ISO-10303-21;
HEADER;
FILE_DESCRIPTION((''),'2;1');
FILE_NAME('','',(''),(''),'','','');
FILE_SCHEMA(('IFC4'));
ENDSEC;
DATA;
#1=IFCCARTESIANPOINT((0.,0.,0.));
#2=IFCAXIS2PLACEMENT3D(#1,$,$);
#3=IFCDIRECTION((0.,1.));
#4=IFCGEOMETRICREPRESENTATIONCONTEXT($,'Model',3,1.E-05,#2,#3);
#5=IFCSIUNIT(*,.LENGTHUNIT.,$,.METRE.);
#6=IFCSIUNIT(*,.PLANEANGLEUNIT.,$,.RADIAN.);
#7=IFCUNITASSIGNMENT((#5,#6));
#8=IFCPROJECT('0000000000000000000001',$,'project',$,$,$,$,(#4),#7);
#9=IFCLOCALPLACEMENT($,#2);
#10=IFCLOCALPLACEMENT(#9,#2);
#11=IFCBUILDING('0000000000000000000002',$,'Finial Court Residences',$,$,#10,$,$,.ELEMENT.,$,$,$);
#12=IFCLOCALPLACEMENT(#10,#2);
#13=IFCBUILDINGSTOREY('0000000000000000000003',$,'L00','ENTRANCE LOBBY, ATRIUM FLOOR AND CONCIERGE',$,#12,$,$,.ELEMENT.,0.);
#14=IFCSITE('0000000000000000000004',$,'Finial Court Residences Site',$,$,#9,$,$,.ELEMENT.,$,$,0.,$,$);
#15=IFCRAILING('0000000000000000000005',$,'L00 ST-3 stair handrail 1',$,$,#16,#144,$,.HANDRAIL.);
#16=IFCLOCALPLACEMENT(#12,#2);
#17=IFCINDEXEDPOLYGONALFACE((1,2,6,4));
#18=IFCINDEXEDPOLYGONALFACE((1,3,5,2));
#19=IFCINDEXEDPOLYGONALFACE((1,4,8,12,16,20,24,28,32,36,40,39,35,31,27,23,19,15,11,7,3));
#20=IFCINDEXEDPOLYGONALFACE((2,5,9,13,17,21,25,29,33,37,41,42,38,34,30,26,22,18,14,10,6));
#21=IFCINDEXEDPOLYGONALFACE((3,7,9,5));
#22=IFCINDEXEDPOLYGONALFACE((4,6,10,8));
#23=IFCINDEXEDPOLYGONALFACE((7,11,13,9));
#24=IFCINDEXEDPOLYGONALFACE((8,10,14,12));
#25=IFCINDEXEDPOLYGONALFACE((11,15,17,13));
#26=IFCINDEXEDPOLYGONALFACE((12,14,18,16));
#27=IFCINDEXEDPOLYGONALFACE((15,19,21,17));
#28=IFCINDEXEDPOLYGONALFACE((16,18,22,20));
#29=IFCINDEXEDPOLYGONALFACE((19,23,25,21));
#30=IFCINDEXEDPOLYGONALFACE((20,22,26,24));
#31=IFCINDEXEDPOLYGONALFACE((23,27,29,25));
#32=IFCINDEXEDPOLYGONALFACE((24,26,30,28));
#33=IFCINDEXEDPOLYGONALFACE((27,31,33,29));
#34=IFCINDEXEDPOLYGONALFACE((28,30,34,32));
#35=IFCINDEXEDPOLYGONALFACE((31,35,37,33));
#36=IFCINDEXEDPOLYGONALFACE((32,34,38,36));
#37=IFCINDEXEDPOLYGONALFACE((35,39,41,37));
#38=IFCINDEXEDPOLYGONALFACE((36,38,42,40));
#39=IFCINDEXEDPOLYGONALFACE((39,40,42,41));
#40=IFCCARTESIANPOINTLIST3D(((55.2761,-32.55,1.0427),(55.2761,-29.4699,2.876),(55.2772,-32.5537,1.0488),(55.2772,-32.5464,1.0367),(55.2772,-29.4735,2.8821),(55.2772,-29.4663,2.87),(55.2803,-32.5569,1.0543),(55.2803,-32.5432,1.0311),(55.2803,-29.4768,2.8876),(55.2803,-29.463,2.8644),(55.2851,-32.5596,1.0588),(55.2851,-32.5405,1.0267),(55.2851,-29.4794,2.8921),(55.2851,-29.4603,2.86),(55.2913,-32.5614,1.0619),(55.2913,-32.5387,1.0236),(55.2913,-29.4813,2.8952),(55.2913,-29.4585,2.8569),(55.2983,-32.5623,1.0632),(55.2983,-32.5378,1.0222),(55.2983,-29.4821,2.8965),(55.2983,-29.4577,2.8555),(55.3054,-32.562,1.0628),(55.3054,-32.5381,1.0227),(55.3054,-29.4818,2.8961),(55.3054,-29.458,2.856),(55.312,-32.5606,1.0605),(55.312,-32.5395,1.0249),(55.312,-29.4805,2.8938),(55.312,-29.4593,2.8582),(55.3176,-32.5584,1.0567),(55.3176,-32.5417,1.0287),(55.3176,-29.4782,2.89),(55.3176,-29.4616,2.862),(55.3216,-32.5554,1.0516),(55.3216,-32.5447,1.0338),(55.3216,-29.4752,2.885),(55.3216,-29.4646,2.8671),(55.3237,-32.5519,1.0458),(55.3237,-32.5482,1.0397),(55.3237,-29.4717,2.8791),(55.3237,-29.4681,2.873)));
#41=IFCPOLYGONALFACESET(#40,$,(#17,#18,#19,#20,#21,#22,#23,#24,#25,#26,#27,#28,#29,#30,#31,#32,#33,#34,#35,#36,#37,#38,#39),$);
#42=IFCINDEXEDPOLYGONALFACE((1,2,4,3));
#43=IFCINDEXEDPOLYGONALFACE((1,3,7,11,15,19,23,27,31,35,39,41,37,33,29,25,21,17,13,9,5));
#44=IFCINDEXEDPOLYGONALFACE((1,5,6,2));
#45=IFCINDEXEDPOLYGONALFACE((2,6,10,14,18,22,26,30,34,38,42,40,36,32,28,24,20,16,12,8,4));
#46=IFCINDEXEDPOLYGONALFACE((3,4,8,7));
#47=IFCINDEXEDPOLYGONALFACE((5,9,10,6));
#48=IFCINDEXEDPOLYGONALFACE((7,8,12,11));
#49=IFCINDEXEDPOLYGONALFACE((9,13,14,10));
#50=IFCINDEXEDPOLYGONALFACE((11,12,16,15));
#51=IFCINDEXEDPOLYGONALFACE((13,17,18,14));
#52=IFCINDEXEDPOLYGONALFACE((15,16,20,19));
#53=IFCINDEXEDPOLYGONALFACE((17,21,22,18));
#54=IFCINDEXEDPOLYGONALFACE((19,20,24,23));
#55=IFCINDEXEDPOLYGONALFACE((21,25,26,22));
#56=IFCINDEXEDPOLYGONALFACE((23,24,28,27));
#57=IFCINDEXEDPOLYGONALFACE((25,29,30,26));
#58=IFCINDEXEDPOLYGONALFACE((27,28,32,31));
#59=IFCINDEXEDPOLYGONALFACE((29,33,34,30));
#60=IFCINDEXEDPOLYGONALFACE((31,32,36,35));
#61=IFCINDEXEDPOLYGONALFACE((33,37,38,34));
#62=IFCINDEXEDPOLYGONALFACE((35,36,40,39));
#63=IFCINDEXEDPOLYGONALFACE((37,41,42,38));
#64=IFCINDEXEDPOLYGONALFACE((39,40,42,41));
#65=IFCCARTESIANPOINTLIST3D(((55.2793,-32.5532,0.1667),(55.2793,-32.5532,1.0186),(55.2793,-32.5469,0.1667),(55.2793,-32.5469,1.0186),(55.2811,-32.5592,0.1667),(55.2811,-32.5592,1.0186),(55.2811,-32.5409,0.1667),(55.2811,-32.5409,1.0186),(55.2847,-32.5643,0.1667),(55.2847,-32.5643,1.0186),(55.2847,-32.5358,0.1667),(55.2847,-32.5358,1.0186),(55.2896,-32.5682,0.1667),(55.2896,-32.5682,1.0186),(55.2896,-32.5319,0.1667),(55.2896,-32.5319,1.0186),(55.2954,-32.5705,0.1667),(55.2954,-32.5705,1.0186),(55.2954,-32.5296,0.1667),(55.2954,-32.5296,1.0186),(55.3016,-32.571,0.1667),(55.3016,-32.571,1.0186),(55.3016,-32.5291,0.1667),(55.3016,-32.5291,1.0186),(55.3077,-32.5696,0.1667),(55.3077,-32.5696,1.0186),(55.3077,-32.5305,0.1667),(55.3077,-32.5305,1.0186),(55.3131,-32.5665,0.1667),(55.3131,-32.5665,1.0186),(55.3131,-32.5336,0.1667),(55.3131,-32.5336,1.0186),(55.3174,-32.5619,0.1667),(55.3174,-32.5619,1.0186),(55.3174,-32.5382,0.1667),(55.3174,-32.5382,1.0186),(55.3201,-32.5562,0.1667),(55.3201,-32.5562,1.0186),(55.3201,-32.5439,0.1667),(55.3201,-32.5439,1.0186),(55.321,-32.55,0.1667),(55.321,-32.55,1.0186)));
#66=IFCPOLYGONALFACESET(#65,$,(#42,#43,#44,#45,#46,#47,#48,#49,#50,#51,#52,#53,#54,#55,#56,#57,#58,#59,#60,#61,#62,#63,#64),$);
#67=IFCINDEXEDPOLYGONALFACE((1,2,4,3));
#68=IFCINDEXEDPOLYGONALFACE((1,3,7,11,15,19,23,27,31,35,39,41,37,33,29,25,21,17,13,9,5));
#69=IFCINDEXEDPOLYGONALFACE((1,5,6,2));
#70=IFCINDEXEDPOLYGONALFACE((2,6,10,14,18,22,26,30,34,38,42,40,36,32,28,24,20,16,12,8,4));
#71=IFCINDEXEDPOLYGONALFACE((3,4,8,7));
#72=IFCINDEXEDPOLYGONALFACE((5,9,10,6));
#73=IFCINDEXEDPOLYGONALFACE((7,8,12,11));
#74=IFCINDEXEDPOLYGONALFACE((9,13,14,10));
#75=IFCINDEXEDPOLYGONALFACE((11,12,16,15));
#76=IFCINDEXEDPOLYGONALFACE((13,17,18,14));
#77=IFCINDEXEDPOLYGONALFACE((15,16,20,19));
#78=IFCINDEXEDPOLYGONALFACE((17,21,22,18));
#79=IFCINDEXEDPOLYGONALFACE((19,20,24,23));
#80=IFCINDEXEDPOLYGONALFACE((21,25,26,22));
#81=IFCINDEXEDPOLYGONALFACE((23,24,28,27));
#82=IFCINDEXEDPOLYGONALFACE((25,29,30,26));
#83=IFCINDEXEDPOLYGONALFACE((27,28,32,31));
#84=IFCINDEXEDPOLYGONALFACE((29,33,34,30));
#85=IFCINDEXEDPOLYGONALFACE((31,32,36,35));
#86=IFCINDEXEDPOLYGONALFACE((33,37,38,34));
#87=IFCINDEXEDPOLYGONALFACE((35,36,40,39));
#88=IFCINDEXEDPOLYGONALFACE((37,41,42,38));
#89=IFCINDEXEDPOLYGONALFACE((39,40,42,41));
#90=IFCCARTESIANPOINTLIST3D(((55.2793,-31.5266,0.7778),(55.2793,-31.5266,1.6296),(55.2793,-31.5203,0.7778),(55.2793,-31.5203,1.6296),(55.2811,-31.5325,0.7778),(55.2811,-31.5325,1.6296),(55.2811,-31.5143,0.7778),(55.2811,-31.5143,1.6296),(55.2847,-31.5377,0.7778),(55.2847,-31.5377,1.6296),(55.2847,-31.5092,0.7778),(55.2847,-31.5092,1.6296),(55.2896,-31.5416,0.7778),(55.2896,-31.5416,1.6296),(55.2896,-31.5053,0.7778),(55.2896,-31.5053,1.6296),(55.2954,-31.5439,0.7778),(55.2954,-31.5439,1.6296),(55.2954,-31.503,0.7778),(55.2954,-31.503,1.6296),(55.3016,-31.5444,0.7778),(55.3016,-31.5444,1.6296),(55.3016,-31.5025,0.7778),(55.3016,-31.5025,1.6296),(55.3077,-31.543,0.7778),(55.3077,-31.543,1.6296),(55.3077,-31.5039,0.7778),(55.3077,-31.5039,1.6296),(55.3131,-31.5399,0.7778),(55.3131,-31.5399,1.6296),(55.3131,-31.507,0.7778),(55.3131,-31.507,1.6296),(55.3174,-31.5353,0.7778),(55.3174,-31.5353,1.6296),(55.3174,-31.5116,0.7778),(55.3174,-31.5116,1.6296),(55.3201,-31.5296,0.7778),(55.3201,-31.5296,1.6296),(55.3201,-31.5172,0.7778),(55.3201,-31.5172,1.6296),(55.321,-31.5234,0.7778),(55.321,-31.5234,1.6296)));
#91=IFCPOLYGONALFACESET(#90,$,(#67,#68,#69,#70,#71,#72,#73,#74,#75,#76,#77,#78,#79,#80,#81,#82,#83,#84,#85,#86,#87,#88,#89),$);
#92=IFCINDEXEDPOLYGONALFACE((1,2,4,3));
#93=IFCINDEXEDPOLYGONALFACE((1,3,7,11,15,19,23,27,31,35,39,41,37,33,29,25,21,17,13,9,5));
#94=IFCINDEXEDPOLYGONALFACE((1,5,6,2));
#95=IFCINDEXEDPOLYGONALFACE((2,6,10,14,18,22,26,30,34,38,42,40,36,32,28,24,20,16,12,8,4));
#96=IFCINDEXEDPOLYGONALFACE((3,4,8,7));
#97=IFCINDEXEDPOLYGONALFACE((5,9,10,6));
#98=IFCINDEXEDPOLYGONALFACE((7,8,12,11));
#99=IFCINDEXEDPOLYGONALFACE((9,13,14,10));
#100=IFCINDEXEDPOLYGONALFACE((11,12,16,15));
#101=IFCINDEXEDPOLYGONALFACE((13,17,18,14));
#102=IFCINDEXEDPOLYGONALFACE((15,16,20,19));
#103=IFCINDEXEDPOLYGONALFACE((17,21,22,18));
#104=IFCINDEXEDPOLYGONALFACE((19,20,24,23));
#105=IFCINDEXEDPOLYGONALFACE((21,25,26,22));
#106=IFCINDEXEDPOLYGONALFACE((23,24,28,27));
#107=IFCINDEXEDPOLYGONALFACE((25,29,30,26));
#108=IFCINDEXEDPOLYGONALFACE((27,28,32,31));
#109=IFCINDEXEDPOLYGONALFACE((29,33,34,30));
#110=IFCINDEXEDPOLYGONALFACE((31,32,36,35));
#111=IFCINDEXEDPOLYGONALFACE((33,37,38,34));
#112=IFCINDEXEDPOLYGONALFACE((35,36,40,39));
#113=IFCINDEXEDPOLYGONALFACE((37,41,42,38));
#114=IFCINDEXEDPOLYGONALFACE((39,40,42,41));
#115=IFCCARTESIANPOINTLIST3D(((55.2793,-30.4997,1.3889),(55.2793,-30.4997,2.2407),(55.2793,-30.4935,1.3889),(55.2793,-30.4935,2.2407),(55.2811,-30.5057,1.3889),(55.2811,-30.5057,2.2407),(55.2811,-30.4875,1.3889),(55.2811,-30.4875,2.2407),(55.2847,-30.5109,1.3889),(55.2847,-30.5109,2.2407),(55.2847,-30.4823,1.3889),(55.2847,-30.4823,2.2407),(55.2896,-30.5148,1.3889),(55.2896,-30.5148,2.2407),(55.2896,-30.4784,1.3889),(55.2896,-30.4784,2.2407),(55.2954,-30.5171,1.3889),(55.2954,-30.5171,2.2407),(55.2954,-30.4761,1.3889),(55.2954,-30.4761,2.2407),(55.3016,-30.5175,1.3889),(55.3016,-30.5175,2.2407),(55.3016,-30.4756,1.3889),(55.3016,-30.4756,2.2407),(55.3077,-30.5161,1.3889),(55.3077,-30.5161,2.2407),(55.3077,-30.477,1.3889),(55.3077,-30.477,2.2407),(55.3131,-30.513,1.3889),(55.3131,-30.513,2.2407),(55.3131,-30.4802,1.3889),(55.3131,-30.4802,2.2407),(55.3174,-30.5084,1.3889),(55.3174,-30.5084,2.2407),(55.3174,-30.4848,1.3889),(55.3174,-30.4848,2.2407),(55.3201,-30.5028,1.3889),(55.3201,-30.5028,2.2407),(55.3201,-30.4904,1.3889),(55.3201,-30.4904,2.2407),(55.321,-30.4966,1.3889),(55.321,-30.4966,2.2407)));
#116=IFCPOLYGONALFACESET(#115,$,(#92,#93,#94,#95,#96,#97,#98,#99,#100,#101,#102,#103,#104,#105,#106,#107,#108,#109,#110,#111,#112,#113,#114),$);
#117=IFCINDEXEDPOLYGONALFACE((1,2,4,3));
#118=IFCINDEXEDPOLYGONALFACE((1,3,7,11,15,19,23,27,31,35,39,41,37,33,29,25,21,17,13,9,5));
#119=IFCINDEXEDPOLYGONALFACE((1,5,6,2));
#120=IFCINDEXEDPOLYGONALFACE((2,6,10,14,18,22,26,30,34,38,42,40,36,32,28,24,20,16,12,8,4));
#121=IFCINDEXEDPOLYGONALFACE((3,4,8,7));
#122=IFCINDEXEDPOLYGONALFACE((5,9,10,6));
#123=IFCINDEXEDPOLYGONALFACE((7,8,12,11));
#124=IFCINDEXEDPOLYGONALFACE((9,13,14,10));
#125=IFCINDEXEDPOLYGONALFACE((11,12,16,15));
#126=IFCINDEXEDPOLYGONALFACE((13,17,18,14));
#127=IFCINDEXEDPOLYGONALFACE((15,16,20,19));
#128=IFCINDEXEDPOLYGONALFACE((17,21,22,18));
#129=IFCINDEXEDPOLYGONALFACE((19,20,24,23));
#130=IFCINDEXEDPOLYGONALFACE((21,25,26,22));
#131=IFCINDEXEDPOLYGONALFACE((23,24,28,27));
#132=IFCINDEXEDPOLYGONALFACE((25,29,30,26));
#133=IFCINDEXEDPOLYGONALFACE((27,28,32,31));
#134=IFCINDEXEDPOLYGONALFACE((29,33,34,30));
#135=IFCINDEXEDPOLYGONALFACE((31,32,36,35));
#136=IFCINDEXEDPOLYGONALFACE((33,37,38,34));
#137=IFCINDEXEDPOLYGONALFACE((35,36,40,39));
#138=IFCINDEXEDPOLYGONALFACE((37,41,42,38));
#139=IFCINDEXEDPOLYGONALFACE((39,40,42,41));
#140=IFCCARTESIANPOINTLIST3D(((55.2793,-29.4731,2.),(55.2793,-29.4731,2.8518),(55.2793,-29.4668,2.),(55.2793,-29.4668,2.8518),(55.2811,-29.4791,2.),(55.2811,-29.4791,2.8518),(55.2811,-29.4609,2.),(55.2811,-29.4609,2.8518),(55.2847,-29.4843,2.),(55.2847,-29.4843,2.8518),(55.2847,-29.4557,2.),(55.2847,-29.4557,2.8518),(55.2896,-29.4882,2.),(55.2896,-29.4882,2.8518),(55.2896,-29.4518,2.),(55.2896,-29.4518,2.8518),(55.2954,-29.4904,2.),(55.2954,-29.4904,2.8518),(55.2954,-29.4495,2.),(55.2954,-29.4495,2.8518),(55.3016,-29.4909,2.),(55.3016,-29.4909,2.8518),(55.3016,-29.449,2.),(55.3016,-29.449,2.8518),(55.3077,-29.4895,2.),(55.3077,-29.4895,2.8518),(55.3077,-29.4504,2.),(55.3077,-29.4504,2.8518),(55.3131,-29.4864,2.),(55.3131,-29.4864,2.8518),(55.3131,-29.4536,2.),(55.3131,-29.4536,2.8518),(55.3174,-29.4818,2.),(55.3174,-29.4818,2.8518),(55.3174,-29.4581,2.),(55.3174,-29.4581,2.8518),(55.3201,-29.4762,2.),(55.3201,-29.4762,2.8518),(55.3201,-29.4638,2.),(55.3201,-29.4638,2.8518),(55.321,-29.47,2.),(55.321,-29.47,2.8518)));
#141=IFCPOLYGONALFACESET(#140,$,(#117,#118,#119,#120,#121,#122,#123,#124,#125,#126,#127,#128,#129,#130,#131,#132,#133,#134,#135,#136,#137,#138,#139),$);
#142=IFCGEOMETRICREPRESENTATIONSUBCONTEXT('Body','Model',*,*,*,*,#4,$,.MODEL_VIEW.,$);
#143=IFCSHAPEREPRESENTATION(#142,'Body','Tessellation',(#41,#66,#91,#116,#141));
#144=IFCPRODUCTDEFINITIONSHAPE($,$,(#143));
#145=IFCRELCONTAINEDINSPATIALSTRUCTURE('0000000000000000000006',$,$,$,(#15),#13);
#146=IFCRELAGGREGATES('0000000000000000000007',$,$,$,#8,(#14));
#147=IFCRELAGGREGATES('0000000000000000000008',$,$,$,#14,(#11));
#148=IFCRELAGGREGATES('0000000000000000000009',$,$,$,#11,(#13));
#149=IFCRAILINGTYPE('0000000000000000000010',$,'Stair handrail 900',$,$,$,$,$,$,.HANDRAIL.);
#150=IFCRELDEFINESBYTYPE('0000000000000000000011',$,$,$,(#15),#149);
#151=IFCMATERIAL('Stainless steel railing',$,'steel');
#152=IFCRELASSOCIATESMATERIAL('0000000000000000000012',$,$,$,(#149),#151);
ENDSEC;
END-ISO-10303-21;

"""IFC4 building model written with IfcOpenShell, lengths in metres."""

from ifc_helpers import new_model, si_unit, direction, frame, origin, origin_2d, place, context, subcontext, project, spatial, circle, extrude, material, type_object, element, save


model = new_model("IFC4")

# Units and contexts
model_context = context("Model", 3, precision=1e-05, world=origin(), true_north=direction((0.0, 1.0)))
body_context = subcontext(model_context, "Body", "Model", "MODEL_VIEW")
ifc_project = project(units=[si_unit("LENGTHUNIT", "METRE"), si_unit("PLANEANGLEUNIT", "RADIAN")], contexts=[model_context])

# Site, building, storey
site_placement = place(None, origin())
site = spatial("IfcSite", under=ifc_project, at=site_placement, Name="Finial Court Residences Site", CompositionType="ELEMENT", RefElevation=0.0)
building_placement = place(site_placement, origin())
building = spatial("IfcBuilding", under=site, at=building_placement, Name="Finial Court Residences", CompositionType="ELEMENT")
storey_placement = place(building_placement, origin())
storey = spatial("IfcBuildingStorey", under=building, at=storey_placement, Name="L00", Description="ENTRANCE LOBBY, ATRIUM FLOOR AND CONCIERGE", CompositionType="ELEMENT", Elevation=0.0)

# Railing
ifc_material_1 = material(Name="Stainless steel railing", Category="steel")
railing_type_1 = type_object("IfcRailingType", Name="Stair handrail 900", PredefinedType="HANDRAIL", material=ifc_material_1)
railing_1_placement = place(storey_placement, frame((55.3, -32.55, 0.1667)))
element("IfcRailing", 1, at=railing_1_placement, inside=storey, type_object=railing_type_1, Name="L00 ST-3 stair handrail 1", PredefinedType="HANDRAIL", context=body_context, shape_type="SweptSolid", body=[
    extrude(circle(Radius=0.0239, at=origin_2d()), frame((0.0, 0.0, 0.876), z_axis=(0.0, 0.859309, 0.511458), x_axis=(-1.0, 0.0, 0.0)), (0.0, 0.0, 1.0), 3.5845),
    extrude(circle(Radius=0.021, at=origin_2d()), origin(), (0.0, 0.0, 1.0), 0.8518),
    extrude(circle(Radius=0.021, at=origin_2d()), frame((0.0, 1.0266, 0.6111)), (0.0, 0.0, 1.0), 0.8518),
    extrude(circle(Radius=0.021, at=origin_2d()), frame((0.0, 2.0535, 1.2222)), (0.0, 0.0, 1.0), 0.8518),
    extrude(circle(Radius=0.021, at=origin_2d()), frame((0.0, 3.0801, 1.8333)), (0.0, 0.0, 1.0), 0.8518),
])

save(model, "model.ifc")
